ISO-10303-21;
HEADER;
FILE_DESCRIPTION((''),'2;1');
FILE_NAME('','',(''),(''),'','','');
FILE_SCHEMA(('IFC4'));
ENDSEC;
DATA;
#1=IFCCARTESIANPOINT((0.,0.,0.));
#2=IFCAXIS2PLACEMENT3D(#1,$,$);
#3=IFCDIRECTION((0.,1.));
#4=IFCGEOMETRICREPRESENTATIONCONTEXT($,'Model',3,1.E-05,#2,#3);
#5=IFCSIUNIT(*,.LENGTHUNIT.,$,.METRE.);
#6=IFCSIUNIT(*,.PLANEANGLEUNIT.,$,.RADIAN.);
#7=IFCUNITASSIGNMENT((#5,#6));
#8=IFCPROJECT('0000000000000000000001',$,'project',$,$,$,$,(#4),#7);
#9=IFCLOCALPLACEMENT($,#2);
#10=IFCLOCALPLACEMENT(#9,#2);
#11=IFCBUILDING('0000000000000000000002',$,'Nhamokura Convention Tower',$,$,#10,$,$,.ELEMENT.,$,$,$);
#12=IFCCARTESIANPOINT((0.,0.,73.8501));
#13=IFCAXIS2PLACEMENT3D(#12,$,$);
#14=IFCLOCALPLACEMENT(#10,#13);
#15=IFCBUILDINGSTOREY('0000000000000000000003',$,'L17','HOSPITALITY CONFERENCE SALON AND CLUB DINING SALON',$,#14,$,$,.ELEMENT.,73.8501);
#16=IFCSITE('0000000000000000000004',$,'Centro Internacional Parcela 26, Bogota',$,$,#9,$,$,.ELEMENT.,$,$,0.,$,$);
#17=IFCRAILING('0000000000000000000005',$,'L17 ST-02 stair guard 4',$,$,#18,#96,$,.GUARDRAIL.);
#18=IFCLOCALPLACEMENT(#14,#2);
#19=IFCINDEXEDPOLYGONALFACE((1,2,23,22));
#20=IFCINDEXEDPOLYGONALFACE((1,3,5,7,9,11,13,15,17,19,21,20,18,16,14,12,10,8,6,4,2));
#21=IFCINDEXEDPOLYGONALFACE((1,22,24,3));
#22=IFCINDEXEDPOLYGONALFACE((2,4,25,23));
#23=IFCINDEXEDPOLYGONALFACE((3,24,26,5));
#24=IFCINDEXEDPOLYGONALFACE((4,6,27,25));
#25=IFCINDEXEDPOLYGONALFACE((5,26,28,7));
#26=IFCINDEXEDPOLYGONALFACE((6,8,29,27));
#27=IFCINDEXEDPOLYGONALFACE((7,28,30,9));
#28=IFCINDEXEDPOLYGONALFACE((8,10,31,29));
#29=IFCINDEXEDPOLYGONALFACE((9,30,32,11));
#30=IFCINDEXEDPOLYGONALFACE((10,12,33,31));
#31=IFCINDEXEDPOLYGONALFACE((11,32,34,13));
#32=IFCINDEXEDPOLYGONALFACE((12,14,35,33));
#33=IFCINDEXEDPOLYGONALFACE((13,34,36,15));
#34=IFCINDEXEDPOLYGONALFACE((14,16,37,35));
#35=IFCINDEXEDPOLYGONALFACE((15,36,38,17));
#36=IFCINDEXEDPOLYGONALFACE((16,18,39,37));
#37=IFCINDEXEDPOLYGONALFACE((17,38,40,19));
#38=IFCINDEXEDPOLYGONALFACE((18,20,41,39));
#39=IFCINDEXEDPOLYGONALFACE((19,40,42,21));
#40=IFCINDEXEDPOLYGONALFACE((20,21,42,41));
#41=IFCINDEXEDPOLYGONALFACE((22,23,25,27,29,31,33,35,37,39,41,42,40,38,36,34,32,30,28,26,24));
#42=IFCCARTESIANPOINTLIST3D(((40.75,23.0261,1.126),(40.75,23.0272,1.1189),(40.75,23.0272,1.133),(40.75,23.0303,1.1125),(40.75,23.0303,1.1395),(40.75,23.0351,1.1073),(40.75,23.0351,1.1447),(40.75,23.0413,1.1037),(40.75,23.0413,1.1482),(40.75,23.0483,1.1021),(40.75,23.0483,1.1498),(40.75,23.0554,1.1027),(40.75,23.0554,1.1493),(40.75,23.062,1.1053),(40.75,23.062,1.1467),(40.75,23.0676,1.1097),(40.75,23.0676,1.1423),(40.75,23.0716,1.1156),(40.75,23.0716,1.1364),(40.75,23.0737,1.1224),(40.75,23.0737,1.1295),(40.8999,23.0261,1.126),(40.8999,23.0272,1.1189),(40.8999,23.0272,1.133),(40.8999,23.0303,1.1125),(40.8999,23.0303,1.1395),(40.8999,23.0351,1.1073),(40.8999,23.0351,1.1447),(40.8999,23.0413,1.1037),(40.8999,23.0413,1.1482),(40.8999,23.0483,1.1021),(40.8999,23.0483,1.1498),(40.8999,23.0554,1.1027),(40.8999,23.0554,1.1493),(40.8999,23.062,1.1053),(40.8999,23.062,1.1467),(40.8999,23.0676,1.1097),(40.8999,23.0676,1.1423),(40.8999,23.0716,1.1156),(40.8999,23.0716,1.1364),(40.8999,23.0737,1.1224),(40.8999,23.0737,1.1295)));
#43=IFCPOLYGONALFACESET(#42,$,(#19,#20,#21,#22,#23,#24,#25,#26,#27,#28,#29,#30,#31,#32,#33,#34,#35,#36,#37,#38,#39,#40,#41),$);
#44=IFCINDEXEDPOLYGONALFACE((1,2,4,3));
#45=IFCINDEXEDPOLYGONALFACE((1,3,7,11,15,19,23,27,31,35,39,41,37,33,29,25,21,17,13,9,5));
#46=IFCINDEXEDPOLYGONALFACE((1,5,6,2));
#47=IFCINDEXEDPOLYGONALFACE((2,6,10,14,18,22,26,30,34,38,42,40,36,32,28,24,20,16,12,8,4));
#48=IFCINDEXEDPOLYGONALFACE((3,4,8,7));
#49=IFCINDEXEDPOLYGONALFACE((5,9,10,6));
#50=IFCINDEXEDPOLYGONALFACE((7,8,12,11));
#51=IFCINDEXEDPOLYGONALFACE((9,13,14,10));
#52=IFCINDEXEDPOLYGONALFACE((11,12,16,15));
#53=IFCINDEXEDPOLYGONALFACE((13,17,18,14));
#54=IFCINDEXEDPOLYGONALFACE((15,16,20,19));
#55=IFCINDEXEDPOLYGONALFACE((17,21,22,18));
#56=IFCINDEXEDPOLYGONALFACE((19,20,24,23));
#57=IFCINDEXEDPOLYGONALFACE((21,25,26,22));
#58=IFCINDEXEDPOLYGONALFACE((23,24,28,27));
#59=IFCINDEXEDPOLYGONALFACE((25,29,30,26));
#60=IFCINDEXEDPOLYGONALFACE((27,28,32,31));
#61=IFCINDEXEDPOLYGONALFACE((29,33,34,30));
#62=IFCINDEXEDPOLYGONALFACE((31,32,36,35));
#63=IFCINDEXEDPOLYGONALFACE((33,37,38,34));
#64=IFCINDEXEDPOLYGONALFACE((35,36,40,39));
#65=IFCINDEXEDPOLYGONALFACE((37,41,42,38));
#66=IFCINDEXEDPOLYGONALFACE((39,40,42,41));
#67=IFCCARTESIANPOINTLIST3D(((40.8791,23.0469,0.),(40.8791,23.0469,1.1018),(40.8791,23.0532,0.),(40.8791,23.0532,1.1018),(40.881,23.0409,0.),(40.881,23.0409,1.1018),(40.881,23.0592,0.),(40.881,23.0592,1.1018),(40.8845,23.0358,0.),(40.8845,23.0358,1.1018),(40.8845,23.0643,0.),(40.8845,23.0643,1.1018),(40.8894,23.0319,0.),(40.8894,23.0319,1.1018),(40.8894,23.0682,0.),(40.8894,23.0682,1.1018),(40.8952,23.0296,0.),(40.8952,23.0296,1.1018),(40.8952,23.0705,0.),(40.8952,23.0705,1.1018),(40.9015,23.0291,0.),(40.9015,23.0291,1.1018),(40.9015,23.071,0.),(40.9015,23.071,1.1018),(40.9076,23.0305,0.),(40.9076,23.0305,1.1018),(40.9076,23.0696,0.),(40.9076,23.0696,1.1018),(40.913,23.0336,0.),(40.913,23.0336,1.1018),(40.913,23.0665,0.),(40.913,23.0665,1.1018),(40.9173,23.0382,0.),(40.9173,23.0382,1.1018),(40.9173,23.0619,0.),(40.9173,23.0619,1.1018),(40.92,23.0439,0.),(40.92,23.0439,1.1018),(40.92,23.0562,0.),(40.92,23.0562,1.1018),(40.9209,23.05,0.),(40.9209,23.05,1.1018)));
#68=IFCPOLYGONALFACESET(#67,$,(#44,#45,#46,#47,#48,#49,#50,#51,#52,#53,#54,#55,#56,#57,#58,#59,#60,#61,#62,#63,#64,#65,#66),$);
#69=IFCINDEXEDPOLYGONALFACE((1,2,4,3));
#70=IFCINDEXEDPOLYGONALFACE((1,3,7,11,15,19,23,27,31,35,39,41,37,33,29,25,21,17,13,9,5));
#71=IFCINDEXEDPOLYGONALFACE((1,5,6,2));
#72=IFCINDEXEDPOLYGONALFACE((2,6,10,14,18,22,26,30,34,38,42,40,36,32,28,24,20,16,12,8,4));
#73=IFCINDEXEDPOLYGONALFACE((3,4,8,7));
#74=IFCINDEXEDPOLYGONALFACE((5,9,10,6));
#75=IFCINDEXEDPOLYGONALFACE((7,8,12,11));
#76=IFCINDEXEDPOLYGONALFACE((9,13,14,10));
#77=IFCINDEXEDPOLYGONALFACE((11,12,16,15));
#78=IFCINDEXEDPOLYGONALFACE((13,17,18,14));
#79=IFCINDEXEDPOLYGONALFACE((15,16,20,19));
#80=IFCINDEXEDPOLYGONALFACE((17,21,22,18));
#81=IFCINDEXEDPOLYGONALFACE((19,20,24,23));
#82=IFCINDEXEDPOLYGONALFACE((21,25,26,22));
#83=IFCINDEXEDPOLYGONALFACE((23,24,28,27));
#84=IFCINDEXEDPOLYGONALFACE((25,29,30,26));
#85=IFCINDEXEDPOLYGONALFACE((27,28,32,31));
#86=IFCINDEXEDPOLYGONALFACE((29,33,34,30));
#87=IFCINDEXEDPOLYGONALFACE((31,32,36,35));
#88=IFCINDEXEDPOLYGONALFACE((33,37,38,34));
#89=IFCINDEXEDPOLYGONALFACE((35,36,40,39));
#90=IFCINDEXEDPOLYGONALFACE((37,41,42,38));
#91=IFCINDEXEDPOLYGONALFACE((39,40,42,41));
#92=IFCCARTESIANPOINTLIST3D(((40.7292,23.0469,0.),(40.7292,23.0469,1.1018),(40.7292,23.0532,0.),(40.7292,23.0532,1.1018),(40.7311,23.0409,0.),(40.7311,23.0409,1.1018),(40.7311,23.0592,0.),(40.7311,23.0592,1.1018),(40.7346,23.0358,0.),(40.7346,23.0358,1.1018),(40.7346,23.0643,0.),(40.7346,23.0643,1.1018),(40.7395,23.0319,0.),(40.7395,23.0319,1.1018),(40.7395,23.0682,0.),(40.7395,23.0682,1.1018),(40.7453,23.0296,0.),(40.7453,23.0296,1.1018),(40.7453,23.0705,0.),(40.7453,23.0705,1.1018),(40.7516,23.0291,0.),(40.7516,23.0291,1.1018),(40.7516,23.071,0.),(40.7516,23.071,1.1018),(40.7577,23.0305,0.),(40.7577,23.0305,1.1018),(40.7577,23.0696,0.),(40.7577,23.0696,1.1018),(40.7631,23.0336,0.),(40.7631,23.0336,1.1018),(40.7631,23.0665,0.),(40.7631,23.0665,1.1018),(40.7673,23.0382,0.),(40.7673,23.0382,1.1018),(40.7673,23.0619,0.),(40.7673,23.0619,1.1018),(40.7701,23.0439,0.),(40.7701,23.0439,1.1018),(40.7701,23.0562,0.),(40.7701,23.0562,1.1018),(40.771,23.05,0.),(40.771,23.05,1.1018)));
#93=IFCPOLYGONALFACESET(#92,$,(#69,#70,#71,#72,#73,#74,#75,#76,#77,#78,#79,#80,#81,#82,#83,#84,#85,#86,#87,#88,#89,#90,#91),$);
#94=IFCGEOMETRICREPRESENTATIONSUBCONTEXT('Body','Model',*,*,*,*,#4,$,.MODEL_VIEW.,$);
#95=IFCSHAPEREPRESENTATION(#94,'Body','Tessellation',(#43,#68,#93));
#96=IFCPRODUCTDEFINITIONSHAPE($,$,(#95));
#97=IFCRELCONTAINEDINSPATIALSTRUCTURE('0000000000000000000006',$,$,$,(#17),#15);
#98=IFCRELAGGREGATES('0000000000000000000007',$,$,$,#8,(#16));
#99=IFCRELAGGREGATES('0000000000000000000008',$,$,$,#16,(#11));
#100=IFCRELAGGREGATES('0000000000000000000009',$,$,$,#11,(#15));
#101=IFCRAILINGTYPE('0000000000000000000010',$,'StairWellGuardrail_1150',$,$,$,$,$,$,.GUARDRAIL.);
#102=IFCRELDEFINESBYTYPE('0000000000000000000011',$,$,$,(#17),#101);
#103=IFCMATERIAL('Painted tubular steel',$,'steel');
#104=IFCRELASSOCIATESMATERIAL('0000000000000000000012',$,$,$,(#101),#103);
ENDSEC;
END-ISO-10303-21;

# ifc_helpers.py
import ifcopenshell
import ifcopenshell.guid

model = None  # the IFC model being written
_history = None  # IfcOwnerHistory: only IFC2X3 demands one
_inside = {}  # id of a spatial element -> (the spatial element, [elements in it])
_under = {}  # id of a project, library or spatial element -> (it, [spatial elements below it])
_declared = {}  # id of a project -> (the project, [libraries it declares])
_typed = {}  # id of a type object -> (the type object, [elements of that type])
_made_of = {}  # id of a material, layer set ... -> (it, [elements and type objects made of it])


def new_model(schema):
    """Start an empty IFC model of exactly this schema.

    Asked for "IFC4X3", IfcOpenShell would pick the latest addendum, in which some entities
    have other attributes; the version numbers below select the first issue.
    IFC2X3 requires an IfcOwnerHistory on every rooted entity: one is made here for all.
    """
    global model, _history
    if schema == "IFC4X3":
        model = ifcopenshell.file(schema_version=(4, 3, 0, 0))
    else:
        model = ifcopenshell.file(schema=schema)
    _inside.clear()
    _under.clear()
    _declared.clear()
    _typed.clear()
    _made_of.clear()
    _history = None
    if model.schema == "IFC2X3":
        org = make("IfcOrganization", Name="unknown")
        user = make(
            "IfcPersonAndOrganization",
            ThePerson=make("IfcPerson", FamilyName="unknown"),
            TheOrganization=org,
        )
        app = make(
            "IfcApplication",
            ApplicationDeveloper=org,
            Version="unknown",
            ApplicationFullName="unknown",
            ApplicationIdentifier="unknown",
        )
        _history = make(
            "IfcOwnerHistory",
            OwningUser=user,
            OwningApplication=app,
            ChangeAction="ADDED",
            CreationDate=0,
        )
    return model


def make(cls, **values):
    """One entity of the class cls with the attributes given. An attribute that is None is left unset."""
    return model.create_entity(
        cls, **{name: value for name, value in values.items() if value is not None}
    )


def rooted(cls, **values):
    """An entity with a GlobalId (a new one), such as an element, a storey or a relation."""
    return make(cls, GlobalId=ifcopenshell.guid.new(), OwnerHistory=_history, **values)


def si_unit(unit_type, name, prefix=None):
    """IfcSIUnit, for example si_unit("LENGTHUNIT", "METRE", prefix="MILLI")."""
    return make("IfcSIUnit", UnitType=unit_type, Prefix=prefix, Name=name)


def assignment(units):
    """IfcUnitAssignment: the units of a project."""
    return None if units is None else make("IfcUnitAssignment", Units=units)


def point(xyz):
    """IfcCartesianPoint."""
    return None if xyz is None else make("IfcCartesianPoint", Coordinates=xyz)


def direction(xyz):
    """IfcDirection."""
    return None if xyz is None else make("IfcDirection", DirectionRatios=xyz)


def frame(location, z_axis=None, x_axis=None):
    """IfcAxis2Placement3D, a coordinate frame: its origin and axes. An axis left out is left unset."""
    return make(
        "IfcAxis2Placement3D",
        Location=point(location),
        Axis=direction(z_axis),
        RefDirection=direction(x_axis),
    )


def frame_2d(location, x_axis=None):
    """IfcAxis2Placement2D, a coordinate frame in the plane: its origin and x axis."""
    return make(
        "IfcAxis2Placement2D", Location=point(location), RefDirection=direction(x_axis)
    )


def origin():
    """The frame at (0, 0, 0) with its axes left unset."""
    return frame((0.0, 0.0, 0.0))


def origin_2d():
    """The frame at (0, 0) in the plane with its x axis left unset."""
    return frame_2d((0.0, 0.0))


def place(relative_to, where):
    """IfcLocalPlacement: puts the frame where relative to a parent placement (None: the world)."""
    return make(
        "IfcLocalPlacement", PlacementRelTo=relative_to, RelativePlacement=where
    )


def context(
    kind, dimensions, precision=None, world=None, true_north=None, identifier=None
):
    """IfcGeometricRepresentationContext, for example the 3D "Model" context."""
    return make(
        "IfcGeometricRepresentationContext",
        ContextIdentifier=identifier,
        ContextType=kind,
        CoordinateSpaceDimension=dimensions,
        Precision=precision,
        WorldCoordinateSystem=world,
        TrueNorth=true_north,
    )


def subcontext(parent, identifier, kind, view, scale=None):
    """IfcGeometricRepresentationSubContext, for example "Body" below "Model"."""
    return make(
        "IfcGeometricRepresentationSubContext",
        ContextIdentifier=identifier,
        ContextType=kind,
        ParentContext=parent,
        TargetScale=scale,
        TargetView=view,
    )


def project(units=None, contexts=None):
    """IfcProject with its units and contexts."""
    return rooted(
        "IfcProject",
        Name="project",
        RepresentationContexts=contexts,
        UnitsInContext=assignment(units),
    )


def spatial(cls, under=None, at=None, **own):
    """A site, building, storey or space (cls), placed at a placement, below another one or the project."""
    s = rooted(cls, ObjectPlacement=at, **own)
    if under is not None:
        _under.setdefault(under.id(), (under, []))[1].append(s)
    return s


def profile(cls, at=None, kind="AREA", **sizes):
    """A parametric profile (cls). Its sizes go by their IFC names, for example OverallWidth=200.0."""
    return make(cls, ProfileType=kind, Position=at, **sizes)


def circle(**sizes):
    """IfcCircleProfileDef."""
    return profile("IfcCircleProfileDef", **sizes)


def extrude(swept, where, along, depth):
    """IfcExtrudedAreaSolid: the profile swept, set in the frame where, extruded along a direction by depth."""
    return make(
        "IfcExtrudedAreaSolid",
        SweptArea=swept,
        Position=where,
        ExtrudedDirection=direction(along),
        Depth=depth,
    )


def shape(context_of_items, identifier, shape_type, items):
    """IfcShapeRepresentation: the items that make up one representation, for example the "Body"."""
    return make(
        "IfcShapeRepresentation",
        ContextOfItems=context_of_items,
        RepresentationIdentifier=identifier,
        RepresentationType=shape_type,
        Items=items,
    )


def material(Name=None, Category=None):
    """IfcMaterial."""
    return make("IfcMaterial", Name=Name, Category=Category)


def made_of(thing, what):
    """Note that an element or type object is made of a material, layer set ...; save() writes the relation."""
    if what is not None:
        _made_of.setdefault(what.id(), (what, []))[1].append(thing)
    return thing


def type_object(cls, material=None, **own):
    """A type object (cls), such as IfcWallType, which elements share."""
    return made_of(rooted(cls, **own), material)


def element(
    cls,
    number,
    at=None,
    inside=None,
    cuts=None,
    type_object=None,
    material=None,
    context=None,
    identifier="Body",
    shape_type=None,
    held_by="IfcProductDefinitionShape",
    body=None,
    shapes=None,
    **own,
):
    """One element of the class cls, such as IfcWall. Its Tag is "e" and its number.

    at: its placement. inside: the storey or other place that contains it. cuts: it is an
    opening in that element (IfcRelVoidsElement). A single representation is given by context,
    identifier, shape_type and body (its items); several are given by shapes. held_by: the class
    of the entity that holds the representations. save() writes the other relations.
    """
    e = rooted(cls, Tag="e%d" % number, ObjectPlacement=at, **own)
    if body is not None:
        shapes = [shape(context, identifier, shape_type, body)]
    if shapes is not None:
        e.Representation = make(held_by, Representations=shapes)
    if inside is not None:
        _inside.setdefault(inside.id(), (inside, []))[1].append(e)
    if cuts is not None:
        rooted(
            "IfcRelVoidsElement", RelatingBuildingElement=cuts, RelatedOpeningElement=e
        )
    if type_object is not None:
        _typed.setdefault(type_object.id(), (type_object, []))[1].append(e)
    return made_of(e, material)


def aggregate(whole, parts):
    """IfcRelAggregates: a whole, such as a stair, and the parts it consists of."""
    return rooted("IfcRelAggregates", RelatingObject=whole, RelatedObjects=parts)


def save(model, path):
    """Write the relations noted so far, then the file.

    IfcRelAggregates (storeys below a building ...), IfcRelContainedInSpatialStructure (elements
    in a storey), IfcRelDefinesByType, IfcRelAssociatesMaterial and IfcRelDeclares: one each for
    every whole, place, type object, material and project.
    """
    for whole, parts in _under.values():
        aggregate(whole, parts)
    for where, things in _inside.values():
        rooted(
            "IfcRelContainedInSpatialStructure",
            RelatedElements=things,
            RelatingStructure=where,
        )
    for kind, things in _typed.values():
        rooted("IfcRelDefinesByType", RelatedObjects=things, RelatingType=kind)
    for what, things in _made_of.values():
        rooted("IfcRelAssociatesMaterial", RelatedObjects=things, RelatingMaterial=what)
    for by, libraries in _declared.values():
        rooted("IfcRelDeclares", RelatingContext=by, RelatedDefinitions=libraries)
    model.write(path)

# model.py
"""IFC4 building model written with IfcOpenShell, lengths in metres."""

from ifc_helpers import new_model, si_unit, direction, frame, origin, origin_2d, place, context, subcontext, project, spatial, circle, extrude, material, type_object, element, save


model = new_model("IFC4")

# Units and contexts
model_context = context("Model", 3, precision=1e-05, world=origin(), true_north=direction((0.0, 1.0)))
body_context = subcontext(model_context, "Body", "Model", "MODEL_VIEW")
ifc_project = project(units=[si_unit("LENGTHUNIT", "METRE"), si_unit("PLANEANGLEUNIT", "RADIAN")], contexts=[model_context])

# Site, building, storey
site_placement = place(None, origin())
site = spatial("IfcSite", under=ifc_project, at=site_placement, Name="Centro Internacional Parcela 26, Bogota", CompositionType="ELEMENT", RefElevation=0.0)
building_placement = place(site_placement, origin())
building = spatial("IfcBuilding", under=site, at=building_placement, Name="Nhamokura Convention Tower", CompositionType="ELEMENT")
storey_placement = place(building_placement, frame((0.0, 0.0, 73.8501)))
storey = spatial("IfcBuildingStorey", under=building, at=storey_placement, Name="L17", Description="HOSPITALITY CONFERENCE SALON AND CLUB DINING SALON", CompositionType="ELEMENT", Elevation=73.8501)

# Railing
ifc_material_1 = material(Name="Painted tubular steel", Category="steel")
railing_type_1 = type_object("IfcRailingType", Name="StairWellGuardrail_1150", PredefinedType="GUARDRAIL", material=ifc_material_1)
railing_1_placement = place(storey_placement, frame((40.8999, 23.05, 0.0)))
element("IfcRailing", 1, at=railing_1_placement, inside=storey, type_object=railing_type_1, Name="L17 ST-02 stair guard 4", PredefinedType="GUARDRAIL", context=body_context, shape_type="SweptSolid", body=[
    extrude(circle(Radius=0.0239, at=origin_2d()), frame((0.0, 0.0, 1.126), z_axis=(-1.0, 0.0, 0.0), x_axis=(0.0, -1.0, 0.0)), (0.0, 0.0, 1.0), 0.1499),
    extrude(circle(Radius=0.021, at=origin_2d()), origin(), (0.0, 0.0, 1.0), 1.1018),
    extrude(circle(Radius=0.021, at=origin_2d()), frame((-0.1499, 0.0, 0.0)), (0.0, 0.0, 1.0), 1.1018),
])

save(model, "model.ifc")
